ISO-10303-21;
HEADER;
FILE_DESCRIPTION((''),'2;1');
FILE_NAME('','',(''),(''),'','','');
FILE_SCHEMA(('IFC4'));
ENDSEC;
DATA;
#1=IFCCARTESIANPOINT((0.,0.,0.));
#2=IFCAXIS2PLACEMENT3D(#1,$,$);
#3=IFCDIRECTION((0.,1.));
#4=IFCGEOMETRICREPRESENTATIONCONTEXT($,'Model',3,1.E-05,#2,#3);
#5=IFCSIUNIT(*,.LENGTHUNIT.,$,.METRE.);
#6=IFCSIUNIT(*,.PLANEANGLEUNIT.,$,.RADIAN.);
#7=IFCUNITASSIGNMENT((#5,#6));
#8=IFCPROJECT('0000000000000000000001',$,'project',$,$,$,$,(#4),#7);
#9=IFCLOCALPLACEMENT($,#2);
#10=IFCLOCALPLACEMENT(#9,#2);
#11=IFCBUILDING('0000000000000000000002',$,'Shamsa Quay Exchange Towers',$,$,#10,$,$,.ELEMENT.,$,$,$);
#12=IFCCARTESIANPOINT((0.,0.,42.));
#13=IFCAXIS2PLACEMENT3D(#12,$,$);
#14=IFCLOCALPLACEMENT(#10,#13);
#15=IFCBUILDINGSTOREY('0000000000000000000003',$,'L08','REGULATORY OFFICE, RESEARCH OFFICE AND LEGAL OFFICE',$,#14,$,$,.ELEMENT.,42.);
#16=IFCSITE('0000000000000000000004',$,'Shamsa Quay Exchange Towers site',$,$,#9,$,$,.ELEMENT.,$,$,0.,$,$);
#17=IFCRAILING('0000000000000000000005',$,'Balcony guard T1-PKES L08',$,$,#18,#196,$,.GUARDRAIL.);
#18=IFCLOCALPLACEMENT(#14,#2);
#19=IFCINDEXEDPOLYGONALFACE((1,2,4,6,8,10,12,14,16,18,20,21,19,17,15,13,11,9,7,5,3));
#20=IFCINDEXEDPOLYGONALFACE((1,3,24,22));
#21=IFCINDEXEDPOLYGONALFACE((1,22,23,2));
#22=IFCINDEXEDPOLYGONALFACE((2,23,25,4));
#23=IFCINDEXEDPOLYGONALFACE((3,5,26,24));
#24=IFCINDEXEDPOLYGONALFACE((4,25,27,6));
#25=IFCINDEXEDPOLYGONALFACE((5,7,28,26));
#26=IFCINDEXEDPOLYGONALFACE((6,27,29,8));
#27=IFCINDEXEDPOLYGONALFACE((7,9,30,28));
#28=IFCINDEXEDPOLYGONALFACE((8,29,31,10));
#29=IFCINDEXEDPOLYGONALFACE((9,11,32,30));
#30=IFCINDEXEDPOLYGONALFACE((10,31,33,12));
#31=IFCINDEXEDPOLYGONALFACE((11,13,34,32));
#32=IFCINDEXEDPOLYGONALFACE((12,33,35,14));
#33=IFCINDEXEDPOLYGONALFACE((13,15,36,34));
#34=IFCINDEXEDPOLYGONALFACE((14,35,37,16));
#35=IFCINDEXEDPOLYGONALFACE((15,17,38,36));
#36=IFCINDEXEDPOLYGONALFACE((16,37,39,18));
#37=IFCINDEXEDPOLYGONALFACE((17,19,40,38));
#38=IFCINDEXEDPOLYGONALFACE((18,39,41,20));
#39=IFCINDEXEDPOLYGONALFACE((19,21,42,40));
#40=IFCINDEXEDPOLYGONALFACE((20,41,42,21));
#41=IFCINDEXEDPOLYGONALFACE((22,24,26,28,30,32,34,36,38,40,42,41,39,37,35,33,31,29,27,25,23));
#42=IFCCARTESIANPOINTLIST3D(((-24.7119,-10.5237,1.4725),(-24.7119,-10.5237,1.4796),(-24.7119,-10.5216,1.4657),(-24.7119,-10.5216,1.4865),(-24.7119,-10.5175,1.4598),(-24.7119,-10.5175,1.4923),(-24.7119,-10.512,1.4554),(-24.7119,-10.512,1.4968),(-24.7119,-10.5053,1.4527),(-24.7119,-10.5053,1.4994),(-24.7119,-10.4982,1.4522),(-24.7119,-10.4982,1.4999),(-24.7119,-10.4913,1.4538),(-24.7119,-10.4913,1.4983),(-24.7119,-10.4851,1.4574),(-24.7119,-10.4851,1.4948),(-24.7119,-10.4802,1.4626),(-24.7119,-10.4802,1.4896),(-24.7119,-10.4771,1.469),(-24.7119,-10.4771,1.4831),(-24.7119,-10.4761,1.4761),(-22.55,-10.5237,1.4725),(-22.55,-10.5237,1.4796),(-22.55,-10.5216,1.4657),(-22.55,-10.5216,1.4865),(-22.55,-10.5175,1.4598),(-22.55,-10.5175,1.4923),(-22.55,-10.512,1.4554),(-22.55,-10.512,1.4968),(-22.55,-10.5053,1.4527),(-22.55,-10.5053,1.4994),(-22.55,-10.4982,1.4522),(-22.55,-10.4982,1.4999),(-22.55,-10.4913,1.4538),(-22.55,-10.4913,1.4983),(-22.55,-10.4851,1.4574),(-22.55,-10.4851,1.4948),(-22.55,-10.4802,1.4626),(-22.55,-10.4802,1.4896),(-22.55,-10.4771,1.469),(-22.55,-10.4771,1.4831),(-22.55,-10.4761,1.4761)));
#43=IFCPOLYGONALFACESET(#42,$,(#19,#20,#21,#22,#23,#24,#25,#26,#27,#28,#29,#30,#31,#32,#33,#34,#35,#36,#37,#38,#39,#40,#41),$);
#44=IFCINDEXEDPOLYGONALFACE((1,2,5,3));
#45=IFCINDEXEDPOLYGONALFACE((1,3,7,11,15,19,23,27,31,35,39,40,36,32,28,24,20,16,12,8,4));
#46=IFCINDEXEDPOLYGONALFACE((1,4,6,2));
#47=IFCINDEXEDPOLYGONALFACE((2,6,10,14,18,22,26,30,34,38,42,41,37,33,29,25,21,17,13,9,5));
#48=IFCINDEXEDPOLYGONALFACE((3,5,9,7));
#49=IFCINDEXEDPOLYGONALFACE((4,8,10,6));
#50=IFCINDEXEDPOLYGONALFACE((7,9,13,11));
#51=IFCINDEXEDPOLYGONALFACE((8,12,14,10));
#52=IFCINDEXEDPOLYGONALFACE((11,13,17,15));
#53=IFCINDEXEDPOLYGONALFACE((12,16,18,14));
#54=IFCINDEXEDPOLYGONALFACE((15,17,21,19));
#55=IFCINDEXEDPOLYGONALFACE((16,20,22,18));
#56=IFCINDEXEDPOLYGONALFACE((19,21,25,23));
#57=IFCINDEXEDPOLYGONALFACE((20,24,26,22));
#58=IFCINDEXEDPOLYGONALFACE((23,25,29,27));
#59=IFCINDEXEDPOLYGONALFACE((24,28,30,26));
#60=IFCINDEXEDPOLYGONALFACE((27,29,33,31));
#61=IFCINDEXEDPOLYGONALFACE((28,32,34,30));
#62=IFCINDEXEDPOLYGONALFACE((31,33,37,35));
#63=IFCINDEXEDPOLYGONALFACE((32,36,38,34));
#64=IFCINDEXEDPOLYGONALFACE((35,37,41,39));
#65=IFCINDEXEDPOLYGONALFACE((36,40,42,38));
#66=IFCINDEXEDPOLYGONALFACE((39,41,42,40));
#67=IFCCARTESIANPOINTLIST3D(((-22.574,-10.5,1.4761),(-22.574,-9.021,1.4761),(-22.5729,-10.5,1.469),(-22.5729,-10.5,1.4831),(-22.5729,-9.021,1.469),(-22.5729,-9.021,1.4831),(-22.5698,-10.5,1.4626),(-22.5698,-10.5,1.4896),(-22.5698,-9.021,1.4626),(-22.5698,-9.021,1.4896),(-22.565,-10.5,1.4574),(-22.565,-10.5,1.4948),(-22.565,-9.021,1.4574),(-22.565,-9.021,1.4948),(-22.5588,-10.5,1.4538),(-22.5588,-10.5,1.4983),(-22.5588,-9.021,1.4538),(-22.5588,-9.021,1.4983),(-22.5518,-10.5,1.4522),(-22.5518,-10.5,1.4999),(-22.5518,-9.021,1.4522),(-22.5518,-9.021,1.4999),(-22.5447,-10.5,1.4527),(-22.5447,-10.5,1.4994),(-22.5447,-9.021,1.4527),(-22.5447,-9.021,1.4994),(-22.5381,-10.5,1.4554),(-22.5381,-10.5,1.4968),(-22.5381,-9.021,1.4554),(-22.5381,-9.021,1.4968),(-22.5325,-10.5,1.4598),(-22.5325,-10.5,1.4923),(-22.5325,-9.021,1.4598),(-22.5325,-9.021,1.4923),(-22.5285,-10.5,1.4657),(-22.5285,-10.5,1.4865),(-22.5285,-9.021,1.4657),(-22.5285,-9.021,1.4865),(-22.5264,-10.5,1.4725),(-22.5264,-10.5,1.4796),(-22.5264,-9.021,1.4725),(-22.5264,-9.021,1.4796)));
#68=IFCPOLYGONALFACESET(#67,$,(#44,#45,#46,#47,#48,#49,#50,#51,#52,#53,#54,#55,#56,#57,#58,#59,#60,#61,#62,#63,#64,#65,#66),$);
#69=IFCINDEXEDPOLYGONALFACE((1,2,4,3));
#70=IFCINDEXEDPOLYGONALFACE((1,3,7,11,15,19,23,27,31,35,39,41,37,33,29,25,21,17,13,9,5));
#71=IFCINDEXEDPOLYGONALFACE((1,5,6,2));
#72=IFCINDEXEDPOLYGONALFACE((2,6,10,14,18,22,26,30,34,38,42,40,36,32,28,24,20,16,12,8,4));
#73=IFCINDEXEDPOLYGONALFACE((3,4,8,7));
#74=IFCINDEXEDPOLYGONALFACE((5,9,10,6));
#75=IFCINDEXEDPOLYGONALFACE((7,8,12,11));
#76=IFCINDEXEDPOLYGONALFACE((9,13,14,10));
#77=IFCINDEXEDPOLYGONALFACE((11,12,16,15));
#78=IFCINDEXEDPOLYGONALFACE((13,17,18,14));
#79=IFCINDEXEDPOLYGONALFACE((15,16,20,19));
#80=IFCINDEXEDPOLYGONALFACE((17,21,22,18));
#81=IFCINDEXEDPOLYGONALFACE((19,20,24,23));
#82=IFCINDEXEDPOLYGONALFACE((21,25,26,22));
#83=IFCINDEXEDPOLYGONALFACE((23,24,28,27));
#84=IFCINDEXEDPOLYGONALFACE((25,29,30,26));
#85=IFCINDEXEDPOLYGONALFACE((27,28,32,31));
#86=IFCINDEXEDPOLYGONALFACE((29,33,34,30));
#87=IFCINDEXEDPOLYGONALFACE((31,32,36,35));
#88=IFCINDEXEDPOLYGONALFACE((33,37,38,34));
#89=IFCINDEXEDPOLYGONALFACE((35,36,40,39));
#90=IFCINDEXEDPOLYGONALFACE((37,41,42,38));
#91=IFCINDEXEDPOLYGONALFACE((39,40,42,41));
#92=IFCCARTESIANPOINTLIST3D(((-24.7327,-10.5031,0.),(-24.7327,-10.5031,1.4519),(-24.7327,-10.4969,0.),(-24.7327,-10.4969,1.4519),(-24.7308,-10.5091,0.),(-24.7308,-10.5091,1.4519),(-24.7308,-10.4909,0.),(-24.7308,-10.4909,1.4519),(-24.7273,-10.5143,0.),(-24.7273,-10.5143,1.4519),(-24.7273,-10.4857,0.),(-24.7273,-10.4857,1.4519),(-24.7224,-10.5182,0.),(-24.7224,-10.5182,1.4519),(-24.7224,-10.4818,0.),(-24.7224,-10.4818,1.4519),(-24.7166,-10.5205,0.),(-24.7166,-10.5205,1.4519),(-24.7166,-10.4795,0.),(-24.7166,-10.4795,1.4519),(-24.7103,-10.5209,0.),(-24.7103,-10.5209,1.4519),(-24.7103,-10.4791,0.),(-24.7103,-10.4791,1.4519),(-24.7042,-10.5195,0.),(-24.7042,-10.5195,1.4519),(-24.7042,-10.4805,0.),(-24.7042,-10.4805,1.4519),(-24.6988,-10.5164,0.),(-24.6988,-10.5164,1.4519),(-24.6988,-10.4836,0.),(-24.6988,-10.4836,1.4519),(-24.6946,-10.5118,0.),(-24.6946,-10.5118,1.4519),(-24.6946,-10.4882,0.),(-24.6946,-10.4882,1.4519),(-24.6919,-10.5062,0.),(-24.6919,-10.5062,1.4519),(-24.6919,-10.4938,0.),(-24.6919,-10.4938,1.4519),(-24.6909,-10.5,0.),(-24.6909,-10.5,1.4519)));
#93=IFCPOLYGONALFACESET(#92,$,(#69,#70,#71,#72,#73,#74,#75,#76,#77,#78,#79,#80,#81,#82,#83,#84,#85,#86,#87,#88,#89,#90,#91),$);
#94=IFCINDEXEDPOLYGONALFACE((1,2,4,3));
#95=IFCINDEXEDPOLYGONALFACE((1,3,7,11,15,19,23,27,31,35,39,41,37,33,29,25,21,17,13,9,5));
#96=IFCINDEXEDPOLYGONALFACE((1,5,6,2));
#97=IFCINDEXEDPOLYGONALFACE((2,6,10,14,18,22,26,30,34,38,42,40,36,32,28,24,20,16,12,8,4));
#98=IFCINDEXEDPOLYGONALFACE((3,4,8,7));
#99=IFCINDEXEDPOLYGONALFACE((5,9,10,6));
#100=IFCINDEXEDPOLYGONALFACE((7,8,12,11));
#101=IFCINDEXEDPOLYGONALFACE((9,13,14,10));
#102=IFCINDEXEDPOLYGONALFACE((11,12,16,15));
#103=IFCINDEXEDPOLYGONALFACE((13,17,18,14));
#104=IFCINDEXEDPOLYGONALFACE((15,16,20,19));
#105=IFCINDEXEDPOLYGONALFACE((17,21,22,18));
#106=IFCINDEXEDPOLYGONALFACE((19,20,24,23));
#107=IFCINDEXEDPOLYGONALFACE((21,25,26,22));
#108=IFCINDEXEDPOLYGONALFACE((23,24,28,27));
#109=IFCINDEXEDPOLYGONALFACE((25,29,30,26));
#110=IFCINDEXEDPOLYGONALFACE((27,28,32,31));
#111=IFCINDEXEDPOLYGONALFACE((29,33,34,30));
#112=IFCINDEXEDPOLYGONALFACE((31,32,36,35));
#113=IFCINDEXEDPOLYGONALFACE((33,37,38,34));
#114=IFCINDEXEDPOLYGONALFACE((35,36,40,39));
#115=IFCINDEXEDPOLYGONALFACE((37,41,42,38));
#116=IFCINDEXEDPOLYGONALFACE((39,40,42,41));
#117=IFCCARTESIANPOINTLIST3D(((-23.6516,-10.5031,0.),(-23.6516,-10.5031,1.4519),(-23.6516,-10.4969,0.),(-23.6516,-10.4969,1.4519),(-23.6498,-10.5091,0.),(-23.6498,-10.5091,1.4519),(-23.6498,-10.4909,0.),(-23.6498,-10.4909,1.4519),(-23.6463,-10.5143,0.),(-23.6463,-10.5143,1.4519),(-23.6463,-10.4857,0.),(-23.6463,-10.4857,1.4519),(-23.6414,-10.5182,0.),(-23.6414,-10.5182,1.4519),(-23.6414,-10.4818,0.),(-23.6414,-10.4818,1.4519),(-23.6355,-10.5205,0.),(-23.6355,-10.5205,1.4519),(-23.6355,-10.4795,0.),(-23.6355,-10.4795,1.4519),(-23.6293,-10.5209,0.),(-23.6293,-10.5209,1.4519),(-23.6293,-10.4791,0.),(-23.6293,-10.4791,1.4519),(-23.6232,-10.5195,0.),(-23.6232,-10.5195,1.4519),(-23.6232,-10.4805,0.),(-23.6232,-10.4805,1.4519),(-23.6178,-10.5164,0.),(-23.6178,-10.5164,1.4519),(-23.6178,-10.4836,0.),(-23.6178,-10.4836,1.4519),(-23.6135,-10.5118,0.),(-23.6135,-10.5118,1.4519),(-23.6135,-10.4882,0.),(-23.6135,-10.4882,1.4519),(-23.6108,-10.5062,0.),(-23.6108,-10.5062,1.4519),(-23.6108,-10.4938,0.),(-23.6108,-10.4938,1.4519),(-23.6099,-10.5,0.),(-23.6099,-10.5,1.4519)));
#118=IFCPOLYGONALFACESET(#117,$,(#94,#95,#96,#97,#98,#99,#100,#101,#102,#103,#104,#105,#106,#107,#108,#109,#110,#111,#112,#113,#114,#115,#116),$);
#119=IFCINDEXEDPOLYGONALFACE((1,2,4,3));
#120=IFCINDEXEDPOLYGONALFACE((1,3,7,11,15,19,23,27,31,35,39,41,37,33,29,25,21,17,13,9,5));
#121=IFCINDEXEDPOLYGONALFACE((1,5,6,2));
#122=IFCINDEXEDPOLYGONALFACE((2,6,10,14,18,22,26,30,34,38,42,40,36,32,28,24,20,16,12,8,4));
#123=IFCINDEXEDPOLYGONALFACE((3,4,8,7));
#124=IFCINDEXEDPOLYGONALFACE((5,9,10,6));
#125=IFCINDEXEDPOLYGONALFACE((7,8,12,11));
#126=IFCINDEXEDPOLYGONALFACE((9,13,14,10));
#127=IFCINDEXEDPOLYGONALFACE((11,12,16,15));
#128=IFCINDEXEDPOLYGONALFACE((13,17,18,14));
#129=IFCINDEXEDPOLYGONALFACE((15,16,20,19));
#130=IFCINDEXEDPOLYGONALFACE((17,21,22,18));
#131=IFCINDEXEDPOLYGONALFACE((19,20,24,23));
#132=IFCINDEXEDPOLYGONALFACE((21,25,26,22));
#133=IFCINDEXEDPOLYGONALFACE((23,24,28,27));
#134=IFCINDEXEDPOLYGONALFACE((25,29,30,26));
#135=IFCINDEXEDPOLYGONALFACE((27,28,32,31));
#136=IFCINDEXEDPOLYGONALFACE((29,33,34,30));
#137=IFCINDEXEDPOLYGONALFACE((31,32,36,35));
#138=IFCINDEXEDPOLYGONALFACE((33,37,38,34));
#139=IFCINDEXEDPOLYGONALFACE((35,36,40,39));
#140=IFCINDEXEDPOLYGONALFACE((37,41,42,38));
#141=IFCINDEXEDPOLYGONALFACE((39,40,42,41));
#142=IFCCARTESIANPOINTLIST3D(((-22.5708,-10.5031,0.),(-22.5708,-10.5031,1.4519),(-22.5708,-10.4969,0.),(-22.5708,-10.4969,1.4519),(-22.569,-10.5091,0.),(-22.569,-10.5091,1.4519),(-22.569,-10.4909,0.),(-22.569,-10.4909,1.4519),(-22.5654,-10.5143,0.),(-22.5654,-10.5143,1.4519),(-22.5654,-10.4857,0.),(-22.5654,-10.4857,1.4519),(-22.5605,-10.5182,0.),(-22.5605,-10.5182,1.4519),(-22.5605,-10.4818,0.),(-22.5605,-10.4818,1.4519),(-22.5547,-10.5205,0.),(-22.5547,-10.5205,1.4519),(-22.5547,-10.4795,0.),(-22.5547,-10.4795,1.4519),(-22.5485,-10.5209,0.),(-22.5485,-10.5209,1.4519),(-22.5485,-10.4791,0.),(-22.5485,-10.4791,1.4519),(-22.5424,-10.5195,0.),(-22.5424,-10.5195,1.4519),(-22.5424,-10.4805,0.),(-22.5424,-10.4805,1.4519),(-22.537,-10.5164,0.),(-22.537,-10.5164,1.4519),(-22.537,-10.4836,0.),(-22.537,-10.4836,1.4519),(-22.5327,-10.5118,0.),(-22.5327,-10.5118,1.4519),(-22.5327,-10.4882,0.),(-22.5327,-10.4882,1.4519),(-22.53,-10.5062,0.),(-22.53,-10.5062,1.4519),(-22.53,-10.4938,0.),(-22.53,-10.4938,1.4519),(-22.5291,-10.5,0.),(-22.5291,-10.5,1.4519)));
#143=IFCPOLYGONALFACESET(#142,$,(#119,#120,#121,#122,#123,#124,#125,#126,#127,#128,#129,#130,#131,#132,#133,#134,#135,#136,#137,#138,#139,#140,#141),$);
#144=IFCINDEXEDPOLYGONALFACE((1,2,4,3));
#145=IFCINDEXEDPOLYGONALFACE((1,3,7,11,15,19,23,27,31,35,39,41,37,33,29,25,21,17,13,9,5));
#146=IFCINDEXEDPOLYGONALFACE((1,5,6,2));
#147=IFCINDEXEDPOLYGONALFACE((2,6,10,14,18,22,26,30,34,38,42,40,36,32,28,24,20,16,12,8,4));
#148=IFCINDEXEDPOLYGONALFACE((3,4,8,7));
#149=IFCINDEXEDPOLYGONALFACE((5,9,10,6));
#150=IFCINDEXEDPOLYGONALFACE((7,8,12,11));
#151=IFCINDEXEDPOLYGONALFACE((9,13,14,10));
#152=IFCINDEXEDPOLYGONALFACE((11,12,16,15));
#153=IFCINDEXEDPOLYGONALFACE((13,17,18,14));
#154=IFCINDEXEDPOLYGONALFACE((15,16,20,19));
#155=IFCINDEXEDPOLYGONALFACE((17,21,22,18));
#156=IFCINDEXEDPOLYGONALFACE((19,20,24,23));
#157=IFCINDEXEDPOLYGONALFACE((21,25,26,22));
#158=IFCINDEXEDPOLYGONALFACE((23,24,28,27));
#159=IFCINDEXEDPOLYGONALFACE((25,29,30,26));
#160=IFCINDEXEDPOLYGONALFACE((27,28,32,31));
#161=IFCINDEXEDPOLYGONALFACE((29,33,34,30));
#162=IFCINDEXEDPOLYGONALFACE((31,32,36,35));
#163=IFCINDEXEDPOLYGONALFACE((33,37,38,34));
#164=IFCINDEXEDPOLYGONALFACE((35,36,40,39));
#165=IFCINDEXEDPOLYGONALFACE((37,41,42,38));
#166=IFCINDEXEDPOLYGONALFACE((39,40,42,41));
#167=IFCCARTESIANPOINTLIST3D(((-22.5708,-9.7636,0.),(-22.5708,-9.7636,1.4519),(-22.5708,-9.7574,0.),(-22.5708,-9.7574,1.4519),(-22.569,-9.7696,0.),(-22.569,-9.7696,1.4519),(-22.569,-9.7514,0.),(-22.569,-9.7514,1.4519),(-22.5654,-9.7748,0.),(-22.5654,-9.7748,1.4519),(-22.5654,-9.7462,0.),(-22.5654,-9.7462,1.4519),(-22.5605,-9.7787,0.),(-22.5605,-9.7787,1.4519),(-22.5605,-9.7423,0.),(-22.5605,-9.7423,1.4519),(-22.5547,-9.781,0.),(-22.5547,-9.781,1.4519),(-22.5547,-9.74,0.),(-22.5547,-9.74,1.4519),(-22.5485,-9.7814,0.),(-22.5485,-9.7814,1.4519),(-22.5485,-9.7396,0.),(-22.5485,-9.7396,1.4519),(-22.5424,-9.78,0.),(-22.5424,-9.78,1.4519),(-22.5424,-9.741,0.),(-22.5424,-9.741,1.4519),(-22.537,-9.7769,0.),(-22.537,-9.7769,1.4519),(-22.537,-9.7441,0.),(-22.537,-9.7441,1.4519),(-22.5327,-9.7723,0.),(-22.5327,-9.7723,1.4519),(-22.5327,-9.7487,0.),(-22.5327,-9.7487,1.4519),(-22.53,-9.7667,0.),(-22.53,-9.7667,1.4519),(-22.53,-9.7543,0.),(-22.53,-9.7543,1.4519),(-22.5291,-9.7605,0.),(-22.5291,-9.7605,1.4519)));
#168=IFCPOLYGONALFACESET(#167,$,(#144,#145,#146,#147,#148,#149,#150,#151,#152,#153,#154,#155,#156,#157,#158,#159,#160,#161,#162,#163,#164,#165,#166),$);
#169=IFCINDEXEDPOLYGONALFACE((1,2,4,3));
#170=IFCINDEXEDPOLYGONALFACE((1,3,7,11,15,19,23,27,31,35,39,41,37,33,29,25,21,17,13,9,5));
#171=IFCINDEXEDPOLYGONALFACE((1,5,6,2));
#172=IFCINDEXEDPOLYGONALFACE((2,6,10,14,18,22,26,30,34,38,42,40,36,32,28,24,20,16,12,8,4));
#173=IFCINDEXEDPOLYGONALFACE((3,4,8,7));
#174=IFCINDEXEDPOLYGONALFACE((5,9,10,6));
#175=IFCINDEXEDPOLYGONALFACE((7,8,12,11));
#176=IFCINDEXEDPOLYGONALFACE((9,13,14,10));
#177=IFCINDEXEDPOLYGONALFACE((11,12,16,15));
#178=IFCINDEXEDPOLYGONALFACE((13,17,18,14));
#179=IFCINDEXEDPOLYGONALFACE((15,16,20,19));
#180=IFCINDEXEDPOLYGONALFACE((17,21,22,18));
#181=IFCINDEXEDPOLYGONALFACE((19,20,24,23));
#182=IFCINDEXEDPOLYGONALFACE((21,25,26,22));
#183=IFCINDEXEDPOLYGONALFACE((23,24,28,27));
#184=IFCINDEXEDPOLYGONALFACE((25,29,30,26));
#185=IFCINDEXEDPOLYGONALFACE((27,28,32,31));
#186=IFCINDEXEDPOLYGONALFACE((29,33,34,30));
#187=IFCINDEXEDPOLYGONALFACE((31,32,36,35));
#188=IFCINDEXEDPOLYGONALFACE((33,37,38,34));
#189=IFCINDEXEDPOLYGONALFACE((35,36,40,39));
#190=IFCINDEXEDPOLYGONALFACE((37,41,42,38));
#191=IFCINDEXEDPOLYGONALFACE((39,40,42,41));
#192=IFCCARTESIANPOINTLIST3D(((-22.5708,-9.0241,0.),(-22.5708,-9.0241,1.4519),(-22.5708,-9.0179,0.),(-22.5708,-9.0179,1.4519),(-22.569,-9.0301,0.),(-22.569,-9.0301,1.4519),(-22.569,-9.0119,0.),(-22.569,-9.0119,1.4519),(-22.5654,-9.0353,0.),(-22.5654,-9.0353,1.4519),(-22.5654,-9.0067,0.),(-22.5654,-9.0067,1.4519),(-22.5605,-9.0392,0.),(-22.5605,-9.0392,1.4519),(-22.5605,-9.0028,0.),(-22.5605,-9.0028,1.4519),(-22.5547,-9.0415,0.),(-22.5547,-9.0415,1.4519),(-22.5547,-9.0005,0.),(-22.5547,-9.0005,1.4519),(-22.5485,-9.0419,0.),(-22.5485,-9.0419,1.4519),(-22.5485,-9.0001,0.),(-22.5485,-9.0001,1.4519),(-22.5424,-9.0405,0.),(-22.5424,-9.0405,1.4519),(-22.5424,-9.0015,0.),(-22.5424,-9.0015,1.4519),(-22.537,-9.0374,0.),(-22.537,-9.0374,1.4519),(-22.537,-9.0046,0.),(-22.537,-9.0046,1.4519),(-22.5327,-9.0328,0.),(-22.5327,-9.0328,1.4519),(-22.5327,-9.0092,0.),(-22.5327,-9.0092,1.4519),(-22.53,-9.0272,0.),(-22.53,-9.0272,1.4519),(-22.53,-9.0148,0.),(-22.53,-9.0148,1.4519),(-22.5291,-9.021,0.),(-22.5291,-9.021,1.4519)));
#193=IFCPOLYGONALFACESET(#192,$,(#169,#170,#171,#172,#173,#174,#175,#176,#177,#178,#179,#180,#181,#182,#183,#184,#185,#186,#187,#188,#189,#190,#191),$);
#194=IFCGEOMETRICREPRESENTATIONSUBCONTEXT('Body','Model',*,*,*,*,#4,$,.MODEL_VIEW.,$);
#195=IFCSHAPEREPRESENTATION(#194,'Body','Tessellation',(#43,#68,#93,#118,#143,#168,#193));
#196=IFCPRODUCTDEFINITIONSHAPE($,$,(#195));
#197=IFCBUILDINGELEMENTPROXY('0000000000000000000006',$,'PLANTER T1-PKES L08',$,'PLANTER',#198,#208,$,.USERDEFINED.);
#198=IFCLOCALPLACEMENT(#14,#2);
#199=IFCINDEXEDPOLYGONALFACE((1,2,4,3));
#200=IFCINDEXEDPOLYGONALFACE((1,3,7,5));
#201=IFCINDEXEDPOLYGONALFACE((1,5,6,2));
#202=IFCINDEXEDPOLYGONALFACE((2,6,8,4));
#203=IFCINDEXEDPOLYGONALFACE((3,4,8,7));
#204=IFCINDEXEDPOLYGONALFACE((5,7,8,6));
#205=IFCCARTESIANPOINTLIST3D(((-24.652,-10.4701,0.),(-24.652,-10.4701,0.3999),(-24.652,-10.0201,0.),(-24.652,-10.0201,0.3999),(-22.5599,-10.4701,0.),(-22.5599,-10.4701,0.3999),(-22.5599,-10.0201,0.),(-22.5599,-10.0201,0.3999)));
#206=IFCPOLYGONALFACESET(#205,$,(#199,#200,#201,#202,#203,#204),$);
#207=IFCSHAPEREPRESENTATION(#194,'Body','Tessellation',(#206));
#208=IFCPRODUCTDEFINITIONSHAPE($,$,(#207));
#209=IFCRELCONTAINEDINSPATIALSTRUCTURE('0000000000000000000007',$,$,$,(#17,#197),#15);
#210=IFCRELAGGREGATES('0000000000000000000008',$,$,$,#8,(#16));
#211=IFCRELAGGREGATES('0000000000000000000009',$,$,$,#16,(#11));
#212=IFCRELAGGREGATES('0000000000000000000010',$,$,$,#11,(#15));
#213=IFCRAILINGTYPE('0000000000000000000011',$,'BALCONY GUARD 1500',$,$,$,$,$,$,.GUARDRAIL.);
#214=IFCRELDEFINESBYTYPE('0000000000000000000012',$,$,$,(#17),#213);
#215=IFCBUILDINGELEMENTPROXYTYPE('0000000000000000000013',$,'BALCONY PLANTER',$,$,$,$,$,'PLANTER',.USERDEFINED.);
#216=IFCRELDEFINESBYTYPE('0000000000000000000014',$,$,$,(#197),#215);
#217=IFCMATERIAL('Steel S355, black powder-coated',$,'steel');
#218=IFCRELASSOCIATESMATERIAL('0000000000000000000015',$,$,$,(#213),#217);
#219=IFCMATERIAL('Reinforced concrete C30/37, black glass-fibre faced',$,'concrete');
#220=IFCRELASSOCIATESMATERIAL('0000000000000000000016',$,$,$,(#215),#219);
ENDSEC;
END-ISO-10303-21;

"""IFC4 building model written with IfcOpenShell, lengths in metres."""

from ifc_helpers import new_model, si_unit, direction, frame, origin, origin_2d, place, context, subcontext, project, spatial, rectangle, circle, extrude, material, type_object, element, save


model = new_model("IFC4")

# Units and contexts
model_context = context("Model", 3, precision=1e-05, world=origin(), true_north=direction((0.0, 1.0)))
body_context = subcontext(model_context, "Body", "Model", "MODEL_VIEW")
ifc_project = project(units=[si_unit("LENGTHUNIT", "METRE"), si_unit("PLANEANGLEUNIT", "RADIAN")], contexts=[model_context])

# Site, building, storey
site_placement = place(None, origin())
site = spatial("IfcSite", under=ifc_project, at=site_placement, Name="Shamsa Quay Exchange Towers site", CompositionType="ELEMENT", RefElevation=0.0)
building_placement = place(site_placement, origin())
building = spatial("IfcBuilding", under=site, at=building_placement, Name="Shamsa Quay Exchange Towers", CompositionType="ELEMENT")
storey_placement = place(building_placement, frame((0.0, 0.0, 42.0)))
storey = spatial("IfcBuildingStorey", under=building, at=storey_placement, Name="L08", Description="REGULATORY OFFICE, RESEARCH OFFICE AND LEGAL OFFICE", CompositionType="ELEMENT", Elevation=42.0)

# Railing
ifc_material_1 = material(Name="Steel S355, black powder-coated", Category="steel")
railing_type = type_object("IfcRailingType", Name="BALCONY GUARD 1500", PredefinedType="GUARDRAIL", material=ifc_material_1)
railing_placement = place(storey_placement, frame((-24.7119, -10.5, 0.0)))
element("IfcRailing", 1, at=railing_placement, inside=storey, type_object=railing_type, Name="Balcony guard T1-PKES L08", PredefinedType="GUARDRAIL", context=body_context, shape_type="SweptSolid", body=[
    extrude(circle(Radius=0.0239, at=origin_2d()), frame((0.0, 0.0, 1.4761), z_axis=(1.0, 0.0, 0.0), x_axis=(0.0, 1.0, 0.0)), (0.0, 0.0, 1.0), 2.1619),
    extrude(circle(Radius=0.0239, at=origin_2d()), frame((2.1619, 0.0, 1.4761), z_axis=(0.0, 1.0, 0.0), x_axis=(-1.0, 0.0, 0.0)), (0.0, 0.0, 1.0), 1.479),
    extrude(circle(Radius=0.021, at=origin_2d()), origin(), (0.0, 0.0, 1.0), 1.4519),
    extrude(circle(Radius=0.021, at=origin_2d()), frame((1.0811, 0.0, 0.0)), (0.0, 0.0, 1.0), 1.4519),
    extrude(circle(Radius=0.021, at=origin_2d()), frame((2.1619, 0.0, 0.0)), (0.0, 0.0, 1.0), 1.4519),
    extrude(circle(Radius=0.021, at=origin_2d()), frame((2.1619, 0.7395, 0.0)), (0.0, 0.0, 1.0), 1.4519),
    extrude(circle(Radius=0.021, at=origin_2d()), frame((2.1619, 1.479, 0.0)), (0.0, 0.0, 1.0), 1.4519),
])

# Building element proxy
ifc_material_2 = material(Name="Reinforced concrete C30/37, black glass-fibre faced", Category="concrete")
building_element_proxy_type = type_object("IfcBuildingElementProxyType", Name="BALCONY PLANTER", ElementType="PLANTER", PredefinedType="USERDEFINED", material=ifc_material_2)
proxy_placement = place(storey_placement, frame((-23.606, -10.2451, 0.0)))
element("IfcBuildingElementProxy", 2, at=proxy_placement, inside=storey, type_object=building_element_proxy_type, Name="PLANTER T1-PKES L08", ObjectType="PLANTER", PredefinedType="USERDEFINED", context=body_context, shape_type="SweptSolid", body=[
    extrude(rectangle(XDim=2.092, YDim=0.45, at=origin_2d()), origin(), (0.0, 0.0, 1.0), 0.3999),
])

save(model, "model.ifc")
